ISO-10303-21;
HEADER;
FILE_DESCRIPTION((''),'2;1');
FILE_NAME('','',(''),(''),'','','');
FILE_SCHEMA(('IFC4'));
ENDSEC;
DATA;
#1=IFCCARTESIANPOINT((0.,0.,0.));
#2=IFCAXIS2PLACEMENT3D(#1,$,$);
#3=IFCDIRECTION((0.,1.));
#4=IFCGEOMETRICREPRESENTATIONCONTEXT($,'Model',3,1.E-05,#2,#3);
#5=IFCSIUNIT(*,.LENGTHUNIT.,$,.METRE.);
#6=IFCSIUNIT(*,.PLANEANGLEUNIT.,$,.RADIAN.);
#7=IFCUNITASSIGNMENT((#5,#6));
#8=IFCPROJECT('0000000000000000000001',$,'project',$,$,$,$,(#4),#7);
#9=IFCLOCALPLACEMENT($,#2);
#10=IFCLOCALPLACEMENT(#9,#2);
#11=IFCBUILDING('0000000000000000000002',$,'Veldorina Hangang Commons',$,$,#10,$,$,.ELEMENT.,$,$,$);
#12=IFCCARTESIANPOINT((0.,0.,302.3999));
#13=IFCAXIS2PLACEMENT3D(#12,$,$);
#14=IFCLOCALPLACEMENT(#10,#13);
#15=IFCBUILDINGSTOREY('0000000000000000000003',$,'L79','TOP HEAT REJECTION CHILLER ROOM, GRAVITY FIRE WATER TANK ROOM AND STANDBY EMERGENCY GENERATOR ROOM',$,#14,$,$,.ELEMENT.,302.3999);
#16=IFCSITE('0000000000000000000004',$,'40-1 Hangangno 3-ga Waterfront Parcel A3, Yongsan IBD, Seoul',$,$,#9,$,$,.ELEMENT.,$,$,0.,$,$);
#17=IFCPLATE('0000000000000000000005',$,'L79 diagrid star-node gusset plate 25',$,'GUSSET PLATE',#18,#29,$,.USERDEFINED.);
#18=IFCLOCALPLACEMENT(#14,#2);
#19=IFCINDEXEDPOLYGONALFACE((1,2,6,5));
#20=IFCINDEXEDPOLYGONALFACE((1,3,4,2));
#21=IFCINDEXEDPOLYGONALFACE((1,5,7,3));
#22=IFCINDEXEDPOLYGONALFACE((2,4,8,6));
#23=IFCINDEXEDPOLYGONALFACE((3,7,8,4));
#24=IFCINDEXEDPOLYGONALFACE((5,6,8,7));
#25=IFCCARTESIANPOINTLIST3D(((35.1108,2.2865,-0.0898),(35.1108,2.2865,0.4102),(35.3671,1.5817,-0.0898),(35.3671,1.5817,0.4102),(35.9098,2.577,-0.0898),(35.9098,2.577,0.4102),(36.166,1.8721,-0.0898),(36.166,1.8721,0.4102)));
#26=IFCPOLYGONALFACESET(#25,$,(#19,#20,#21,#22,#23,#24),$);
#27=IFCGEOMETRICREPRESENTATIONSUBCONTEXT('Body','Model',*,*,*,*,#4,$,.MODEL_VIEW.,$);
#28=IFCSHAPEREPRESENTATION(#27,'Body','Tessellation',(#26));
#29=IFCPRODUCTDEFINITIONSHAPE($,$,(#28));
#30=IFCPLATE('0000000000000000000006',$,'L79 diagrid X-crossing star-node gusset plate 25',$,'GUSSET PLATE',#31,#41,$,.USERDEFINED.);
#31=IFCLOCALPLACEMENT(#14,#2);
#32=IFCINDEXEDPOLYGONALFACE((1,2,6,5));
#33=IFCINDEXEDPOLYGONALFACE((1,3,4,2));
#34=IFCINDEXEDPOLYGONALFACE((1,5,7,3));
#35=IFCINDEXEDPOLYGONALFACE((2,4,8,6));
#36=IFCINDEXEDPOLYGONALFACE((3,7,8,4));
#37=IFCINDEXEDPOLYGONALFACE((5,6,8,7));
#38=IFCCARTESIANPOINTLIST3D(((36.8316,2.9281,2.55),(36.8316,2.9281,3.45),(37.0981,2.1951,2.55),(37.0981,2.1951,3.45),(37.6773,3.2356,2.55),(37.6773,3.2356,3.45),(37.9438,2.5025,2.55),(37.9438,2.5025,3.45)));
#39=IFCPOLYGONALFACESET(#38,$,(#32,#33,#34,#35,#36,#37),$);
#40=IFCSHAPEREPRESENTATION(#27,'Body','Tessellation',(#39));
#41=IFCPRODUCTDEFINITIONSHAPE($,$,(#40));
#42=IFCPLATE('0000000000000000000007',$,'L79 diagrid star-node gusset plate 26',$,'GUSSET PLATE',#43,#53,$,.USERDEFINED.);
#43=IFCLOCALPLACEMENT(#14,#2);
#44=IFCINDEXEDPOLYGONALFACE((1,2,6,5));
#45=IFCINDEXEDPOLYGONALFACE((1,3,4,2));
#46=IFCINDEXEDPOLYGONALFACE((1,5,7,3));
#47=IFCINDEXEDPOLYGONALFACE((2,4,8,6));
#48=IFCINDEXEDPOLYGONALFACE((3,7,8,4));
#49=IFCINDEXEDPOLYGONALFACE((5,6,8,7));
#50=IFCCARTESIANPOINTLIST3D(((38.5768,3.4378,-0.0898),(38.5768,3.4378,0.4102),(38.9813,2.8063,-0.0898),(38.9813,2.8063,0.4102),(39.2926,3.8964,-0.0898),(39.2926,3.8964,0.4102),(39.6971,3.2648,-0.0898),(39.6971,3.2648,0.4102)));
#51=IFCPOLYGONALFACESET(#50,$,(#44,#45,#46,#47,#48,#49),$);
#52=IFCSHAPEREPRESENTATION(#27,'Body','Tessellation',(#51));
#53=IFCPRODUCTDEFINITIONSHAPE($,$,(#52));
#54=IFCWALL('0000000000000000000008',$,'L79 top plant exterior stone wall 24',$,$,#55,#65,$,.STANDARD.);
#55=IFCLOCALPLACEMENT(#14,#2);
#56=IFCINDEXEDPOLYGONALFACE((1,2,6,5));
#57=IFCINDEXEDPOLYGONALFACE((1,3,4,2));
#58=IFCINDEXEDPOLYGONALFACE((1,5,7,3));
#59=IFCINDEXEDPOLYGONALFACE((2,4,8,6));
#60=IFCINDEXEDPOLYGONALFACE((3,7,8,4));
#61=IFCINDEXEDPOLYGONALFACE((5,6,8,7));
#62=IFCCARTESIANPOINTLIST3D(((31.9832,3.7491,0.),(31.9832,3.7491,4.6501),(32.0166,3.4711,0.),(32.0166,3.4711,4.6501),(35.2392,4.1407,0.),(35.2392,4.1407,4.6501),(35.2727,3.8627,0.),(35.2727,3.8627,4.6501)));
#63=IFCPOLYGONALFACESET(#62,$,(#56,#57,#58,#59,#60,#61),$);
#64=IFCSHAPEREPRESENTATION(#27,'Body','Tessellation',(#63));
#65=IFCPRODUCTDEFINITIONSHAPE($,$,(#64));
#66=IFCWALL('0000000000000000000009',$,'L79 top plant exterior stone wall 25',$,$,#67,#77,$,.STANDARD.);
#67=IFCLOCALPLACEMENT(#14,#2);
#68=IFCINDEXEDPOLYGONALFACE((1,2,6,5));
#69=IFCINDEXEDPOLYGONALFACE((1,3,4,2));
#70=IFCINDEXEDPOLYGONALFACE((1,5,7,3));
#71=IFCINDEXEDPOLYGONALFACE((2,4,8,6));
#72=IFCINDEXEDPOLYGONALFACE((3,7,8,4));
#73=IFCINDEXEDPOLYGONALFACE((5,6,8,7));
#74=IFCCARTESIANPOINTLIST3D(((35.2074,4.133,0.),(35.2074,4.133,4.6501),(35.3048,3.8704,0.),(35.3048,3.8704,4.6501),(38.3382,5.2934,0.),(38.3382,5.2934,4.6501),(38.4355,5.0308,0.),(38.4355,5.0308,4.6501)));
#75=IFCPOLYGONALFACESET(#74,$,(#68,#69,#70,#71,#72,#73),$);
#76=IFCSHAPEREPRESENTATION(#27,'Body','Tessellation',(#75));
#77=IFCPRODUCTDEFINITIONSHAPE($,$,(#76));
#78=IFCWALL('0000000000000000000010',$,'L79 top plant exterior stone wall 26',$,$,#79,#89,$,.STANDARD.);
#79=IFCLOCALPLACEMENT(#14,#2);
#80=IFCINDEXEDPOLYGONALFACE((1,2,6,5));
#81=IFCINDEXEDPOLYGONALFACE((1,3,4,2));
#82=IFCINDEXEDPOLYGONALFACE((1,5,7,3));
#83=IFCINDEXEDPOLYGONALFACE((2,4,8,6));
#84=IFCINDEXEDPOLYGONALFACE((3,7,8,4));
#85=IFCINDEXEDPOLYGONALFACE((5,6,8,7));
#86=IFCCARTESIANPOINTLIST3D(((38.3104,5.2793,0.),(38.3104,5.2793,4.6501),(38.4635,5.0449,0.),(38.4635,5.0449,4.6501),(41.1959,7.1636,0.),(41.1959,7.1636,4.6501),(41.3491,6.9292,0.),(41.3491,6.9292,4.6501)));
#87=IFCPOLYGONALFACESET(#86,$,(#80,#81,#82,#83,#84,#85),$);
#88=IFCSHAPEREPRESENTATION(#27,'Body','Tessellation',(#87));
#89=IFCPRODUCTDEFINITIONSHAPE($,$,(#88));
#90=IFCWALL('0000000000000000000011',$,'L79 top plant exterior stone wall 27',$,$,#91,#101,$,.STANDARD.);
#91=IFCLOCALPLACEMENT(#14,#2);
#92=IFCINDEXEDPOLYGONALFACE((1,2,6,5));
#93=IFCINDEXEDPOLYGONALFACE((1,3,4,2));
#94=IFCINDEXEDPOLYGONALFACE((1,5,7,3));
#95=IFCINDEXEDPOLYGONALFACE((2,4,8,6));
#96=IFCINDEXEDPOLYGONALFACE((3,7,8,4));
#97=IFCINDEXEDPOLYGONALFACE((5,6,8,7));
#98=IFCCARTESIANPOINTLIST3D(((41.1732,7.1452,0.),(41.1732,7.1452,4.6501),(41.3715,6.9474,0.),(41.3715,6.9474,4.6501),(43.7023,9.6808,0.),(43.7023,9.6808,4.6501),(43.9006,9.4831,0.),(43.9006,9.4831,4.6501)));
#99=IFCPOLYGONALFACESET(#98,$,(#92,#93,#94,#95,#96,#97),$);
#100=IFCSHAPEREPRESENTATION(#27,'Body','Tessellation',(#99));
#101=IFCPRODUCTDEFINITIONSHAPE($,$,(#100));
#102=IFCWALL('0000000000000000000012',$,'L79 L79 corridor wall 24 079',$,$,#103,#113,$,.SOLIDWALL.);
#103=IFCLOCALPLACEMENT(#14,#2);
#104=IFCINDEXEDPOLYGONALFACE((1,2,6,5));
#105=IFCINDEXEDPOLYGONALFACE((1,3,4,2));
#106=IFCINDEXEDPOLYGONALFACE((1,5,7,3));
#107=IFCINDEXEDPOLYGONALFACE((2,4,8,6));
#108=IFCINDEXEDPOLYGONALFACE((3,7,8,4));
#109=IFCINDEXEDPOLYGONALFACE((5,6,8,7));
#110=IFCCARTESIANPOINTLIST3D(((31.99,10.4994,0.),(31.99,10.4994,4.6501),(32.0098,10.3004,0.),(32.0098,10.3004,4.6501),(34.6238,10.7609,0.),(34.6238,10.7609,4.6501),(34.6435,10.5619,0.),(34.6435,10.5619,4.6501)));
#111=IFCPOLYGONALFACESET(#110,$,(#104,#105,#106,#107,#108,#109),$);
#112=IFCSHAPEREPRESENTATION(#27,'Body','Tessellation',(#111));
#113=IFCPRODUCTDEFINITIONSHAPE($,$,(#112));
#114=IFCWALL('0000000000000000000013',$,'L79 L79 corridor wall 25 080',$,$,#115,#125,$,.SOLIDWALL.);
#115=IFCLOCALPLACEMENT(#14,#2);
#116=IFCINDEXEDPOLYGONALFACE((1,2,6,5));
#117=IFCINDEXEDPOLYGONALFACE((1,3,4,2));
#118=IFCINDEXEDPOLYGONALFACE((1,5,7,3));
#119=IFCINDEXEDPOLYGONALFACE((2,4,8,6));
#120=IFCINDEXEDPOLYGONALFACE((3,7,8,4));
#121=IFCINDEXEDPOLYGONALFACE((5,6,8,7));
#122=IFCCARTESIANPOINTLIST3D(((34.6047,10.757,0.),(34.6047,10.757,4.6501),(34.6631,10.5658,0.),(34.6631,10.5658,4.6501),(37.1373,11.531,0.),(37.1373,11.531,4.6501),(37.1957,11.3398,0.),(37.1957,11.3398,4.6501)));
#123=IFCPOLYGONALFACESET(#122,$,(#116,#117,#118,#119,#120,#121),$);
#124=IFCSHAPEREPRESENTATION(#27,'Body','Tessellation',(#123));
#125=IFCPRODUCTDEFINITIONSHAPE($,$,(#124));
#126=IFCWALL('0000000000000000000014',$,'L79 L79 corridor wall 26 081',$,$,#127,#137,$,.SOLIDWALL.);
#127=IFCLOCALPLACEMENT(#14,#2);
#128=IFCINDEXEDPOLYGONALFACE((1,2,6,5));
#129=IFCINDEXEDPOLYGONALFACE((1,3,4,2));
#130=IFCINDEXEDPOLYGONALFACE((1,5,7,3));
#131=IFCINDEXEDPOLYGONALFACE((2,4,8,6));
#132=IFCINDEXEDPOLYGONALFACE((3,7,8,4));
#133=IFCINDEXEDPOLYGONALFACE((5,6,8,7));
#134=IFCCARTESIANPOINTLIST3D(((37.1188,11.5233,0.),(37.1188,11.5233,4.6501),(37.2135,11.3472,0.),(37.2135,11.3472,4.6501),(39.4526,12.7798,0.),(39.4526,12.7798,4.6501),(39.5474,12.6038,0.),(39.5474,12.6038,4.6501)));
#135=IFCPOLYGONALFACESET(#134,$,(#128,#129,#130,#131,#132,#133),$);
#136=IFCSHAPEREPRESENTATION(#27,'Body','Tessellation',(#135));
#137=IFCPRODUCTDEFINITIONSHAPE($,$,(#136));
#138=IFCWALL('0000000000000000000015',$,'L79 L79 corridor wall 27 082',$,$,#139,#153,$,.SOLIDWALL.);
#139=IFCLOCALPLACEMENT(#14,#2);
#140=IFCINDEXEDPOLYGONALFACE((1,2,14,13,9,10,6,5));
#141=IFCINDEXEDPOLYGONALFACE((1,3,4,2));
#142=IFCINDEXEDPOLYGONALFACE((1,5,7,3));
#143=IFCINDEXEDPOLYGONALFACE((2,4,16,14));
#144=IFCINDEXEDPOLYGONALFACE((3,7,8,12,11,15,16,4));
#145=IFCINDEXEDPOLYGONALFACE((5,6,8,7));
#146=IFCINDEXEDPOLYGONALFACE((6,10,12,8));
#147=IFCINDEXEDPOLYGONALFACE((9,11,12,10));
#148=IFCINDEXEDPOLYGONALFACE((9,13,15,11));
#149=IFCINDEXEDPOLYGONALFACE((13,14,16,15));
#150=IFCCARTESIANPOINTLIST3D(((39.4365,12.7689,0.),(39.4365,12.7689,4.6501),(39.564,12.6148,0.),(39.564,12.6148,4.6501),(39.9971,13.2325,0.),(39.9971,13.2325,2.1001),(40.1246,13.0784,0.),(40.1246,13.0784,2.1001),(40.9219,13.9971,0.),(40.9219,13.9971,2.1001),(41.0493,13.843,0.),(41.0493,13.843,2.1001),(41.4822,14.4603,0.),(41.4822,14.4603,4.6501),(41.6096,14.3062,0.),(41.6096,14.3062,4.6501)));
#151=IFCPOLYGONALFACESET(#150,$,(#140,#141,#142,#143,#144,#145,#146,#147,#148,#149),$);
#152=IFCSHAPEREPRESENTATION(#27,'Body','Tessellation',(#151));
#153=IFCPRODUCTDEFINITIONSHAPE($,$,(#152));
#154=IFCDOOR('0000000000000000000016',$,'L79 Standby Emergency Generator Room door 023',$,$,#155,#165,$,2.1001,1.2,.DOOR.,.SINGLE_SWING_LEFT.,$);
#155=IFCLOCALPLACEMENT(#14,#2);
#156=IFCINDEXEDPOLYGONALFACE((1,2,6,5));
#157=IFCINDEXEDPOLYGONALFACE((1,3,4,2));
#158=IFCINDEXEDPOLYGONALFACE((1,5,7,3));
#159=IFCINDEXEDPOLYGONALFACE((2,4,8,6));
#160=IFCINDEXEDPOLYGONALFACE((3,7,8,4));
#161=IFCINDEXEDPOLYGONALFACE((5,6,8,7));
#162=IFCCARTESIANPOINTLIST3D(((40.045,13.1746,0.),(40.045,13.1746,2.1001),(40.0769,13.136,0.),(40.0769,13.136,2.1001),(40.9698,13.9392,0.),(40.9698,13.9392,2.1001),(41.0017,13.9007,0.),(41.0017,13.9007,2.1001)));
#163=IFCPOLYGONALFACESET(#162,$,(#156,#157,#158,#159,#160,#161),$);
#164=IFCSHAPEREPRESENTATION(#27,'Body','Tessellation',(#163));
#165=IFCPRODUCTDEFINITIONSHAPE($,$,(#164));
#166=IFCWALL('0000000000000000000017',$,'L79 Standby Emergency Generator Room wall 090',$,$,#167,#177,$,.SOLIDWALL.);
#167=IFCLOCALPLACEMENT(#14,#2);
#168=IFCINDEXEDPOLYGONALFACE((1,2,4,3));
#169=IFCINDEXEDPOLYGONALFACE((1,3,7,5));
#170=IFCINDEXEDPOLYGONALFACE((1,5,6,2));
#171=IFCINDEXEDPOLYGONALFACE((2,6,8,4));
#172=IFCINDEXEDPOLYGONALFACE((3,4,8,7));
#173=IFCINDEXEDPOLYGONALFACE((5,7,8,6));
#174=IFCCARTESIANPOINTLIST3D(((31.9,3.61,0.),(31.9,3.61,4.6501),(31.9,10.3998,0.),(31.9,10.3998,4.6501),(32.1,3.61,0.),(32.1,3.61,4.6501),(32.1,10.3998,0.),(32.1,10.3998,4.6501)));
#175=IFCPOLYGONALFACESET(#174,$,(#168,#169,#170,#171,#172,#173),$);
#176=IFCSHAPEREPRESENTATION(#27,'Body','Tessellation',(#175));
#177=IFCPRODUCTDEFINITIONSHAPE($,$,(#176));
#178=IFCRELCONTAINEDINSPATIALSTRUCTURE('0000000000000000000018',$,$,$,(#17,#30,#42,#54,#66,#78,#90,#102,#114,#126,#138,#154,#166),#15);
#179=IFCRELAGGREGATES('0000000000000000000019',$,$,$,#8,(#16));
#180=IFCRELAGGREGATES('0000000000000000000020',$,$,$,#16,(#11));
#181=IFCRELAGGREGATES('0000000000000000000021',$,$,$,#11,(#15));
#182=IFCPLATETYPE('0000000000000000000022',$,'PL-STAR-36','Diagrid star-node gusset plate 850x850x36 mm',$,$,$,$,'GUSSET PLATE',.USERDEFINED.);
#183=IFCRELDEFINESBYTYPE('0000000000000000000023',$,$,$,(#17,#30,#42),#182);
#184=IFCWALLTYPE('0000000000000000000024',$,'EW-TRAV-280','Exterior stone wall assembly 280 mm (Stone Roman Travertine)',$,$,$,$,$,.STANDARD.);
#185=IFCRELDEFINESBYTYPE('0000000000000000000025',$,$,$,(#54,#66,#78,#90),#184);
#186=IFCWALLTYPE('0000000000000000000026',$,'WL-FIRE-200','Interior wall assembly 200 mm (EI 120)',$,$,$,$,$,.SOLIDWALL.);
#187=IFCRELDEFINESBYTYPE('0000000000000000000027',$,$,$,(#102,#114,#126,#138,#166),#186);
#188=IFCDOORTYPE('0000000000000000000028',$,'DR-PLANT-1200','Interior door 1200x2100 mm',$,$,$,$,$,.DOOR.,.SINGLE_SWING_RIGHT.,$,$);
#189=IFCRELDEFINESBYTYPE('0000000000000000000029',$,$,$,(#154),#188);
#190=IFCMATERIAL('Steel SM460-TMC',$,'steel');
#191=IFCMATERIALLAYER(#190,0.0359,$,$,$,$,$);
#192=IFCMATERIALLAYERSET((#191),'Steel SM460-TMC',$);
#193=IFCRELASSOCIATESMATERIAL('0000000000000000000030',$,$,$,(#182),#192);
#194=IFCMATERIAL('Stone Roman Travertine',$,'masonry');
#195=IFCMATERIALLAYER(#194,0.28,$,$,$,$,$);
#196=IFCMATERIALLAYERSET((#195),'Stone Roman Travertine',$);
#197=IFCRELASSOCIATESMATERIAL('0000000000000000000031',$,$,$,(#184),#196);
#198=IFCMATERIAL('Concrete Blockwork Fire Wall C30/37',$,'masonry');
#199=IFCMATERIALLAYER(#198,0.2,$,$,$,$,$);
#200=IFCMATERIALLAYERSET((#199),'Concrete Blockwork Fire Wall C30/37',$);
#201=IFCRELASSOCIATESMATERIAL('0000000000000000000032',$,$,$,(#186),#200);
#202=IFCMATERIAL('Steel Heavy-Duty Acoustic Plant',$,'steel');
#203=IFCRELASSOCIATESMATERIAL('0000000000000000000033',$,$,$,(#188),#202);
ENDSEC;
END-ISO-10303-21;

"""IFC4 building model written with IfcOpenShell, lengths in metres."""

from ifc_helpers import new_model, si_unit, direction, frame, frame_2d, origin, origin_2d, place, context, subcontext, project, spatial, rectangle, extrude, material, layer, layer_set, type_object, element, fill, save


model = new_model("IFC4")

# Units and contexts
model_context = context("Model", 3, precision=1e-05, world=origin(), true_north=direction((0.0, 1.0)))
body_context = subcontext(model_context, "Body", "Model", "MODEL_VIEW")
ifc_project = project(units=[si_unit("LENGTHUNIT", "METRE"), si_unit("PLANEANGLEUNIT", "RADIAN")], contexts=[model_context])

# Site, building, storey
site_placement = place(None, origin())
site = spatial("IfcSite", under=ifc_project, at=site_placement, Name="40-1 Hangangno 3-ga Waterfront Parcel A3, Yongsan IBD, Seoul", CompositionType="ELEMENT", RefElevation=0.0)
building_placement = place(site_placement, origin())
building = spatial("IfcBuilding", under=site, at=building_placement, Name="Veldorina Hangang Commons", CompositionType="ELEMENT")
storey_placement = place(building_placement, frame((0.0, 0.0, 302.3999)))
storey = spatial("IfcBuildingStorey", under=building, at=storey_placement, Name="L79", Description="TOP HEAT REJECTION CHILLER ROOM, GRAVITY FIRE WATER TANK ROOM AND STANDBY EMERGENCY GENERATOR ROOM", CompositionType="ELEMENT", Elevation=302.3999)

# Shared definitions
ifc_material_1 = material(Name="Steel SM460-TMC", Category="steel")

# Plates
ifc_layer_1 = layer(ifc_material_1, 0.0359)
ifc_layer_set_1 = layer_set([ifc_layer_1], Name="Steel SM460-TMC")
plate_type = type_object("IfcPlateType", Name="PL-STAR-36", Description="Diagrid star-node gusset plate 850x850x36 mm", ElementType="GUSSET PLATE", PredefinedType="USERDEFINED", material=ifc_layer_set_1)
for number, where, z_axis, x_axis, name in (
    (1, (35.6384, 2.0793, -0.0898), (0.0, 0.0, 1.0), (0.939818, 0.341676, 0.0), "L79 diagrid star-node gusset plate 25"),
):
    element("IfcPlate", number, at=place(storey_placement, frame(where, z_axis=z_axis, x_axis=x_axis)), inside=storey, type_object=plate_type, Name=name, ObjectType="GUSSET PLATE", PredefinedType="USERDEFINED", context=body_context, shape_type="SweptSolid", body=[
        extrude(rectangle(XDim=0.8501, YDim=0.75, at=origin_2d()), origin(), (0.0, 0.0, 1.0), 0.5),
    ])
plate_1_placement = place(storey_placement, frame((37.3877, 2.7153, 2.55), z_axis=(0.0, 0.0, 1.0), x_axis=(0.939818, 0.341676, 0.0)))
element("IfcPlate", 2, at=plate_1_placement, inside=storey, type_object=plate_type, Name="L79 diagrid X-crossing star-node gusset plate 25", ObjectType="GUSSET PLATE", PredefinedType="USERDEFINED", context=body_context, shape_type="SweptSolid", body=[
    extrude(rectangle(XDim=0.8999, YDim=0.78, at=origin_2d()), origin(), (0.0, 0.0, 1.0), 0.8999),
])
plate_2_placement = place(storey_placement, frame((39.137, 3.3513, -0.0898), z_axis=(0.0, 0.0, 1.0), x_axis=(0.842057, 0.539388, 0.0)))
element("IfcPlate", 3, at=plate_2_placement, inside=storey, type_object=plate_type, Name="L79 diagrid star-node gusset plate 26", ObjectType="GUSSET PLATE", PredefinedType="USERDEFINED", context=body_context, shape_type="SweptSolid", body=[
    extrude(rectangle(XDim=0.8501, YDim=0.75, at=origin_2d()), origin(), (0.0, 0.0, 1.0), 0.5),
])

# Walls
ifc_material_2 = material(Name="Stone Roman Travertine", Category="masonry")
ifc_layer_2 = layer(ifc_material_2, 0.28)
ifc_layer_set_2 = layer_set([ifc_layer_2], Name="Stone Roman Travertine")
wall_type_1 = type_object("IfcWallType", Name="EW-TRAV-280", Description="Exterior stone wall assembly 280 mm (Stone Roman Travertine)", PredefinedType="STANDARD", material=ifc_layer_set_2)
wall_1_placement = place(storey_placement, frame((32.0, 3.6101, 0.0), z_axis=(0.0, 0.0, 1.0), x_axis=(0.992845, 0.119406, 0.0)))
element("IfcWall", 4, at=wall_1_placement, inside=storey, type_object=wall_type_1, Name="L79 top plant exterior stone wall 24", PredefinedType="STANDARD", context=body_context, shape_type="SweptSolid", body=[
    extrude(rectangle(XDim=3.2795, YDim=0.28, at=frame_2d((1.6396, 0.0))), origin(), (0.0, 0.0, 1.0), 4.6501),
])
wall_2_placement = place(storey_placement, frame((35.2561, 4.0017, 0.0), z_axis=(0.0, 0.0, 1.0), x_axis=(0.937668, 0.347531, 0.0)))
element("IfcWall", 5, at=wall_2_placement, inside=storey, type_object=wall_type_1, Name="L79 top plant exterior stone wall 25", PredefinedType="STANDARD", context=body_context, shape_type="SweptSolid", body=[
    extrude(rectangle(XDim=3.3389, YDim=0.28, at=frame_2d((1.6694, 0.0))), origin(), (0.0, 0.0, 1.0), 4.6501),
])
wall_3_placement = place(storey_placement, frame((38.387, 5.1621, 0.0), z_axis=(0.0, 0.0, 1.0), x_axis=(0.837288, 0.546763, 0.0)))
element("IfcWall", 6, at=wall_3_placement, inside=storey, type_object=wall_type_1, Name="L79 top plant exterior stone wall 26", PredefinedType="STANDARD", context=body_context, shape_type="SweptSolid", body=[
    extrude(rectangle(XDim=3.4463, YDim=0.28, at=frame_2d((1.7231, 0.0))), origin(), (0.0, 0.0, 1.0), 4.6501),
])
wall_4_placement = place(storey_placement, frame((41.2725, 7.0464, 0.0), z_axis=(0.0, 0.0, 1.0), x_axis=(0.706186, 0.708026, 0.0)))
element("IfcWall", 7, at=wall_4_placement, inside=storey, type_object=wall_type_1, Name="L79 top plant exterior stone wall 27", PredefinedType="STANDARD", context=body_context, shape_type="SweptSolid", body=[
    extrude(rectangle(XDim=3.5813, YDim=0.28, at=frame_2d((1.7905, 0.0))), origin(), (0.0, 0.0, 1.0), 4.6501),
])
ifc_material_3 = material(Name="Concrete Blockwork Fire Wall C30/37", Category="masonry")
ifc_layer_3 = layer(ifc_material_3, 0.2)
ifc_layer_set_3 = layer_set([ifc_layer_3], Name="Concrete Blockwork Fire Wall C30/37")
wall_type_2 = type_object("IfcWallType", Name="WL-FIRE-200", Description="Interior wall assembly 200 mm (EI 120)", PredefinedType="SOLIDWALL", material=ifc_layer_set_3)
wall_5_placement = place(storey_placement, frame((32.0, 10.3999, 0.0), z_axis=(0.0, 0.0, 1.0), x_axis=(0.995108, 0.098791, 0.0)))
element("IfcWall", 8, at=wall_5_placement, inside=storey, type_object=wall_type_2, Name="L79 L79 corridor wall 24 079", PredefinedType="SOLIDWALL", context=body_context, shape_type="SweptSolid", body=[
    extrude(rectangle(XDim=2.6467, YDim=0.2, at=frame_2d((1.3232, 0.0))), origin(), (0.0, 0.0, 1.0), 4.6501),
])
wall_6_placement = place(storey_placement, frame((34.6338, 10.6614, 0.0), z_axis=(0.0, 0.0, 1.0), x_axis=(0.956339, 0.292258, 0.0)))
element("IfcWall", 9, at=wall_6_placement, inside=storey, type_object=wall_type_2, Name="L79 L79 corridor wall 25 080", PredefinedType="SOLIDWALL", context=body_context, shape_type="SweptSolid", body=[
    extrude(rectangle(XDim=2.6482, YDim=0.2, at=frame_2d((1.3242, 0.0))), origin(), (0.0, 0.0, 1.0), 4.6501),
])
wall_7_placement = place(storey_placement, frame((37.1663, 11.4353, 0.0), z_axis=(0.0, 0.0, 1.0), x_axis=(0.880498, 0.47405, 0.0)))
element("IfcWall", 10, at=wall_7_placement, inside=storey, type_object=wall_type_2, Name="L79 L79 corridor wall 26 081", PredefinedType="SOLIDWALL", context=body_context, shape_type="SweptSolid", body=[
    extrude(rectangle(XDim=2.6506, YDim=0.2, at=frame_2d((1.3252, 0.0))), origin(), (0.0, 0.0, 1.0), 4.6501),
])

# Wall, opening, door
wall_8_placement = place(storey_placement, frame((39.5002, 12.6919, 0.0), z_axis=(0.0, 0.0, 1.0), x_axis=(0.770681, 0.637221, 0.0)))
wall_8 = element("IfcWall", 11, at=wall_8_placement, inside=storey, type_object=wall_type_2, Name="L79 L79 corridor wall 27 082", PredefinedType="SOLIDWALL", context=body_context, shape_type="SweptSolid", body=[
    extrude(rectangle(XDim=2.6543, YDim=0.2, at=frame_2d((1.3271, 0.0))), origin(), (0.0, 0.0, 1.0), 4.6501),
])
opening_placement = place(wall_8_placement, frame((0.7273, 0.0, 0.0)))
opening = element("IfcOpeningElement", 12, at=opening_placement, cuts=wall_8, PredefinedType="OPENING", context=body_context, shape_type="SweptSolid", body=[
    extrude(rectangle(XDim=1.2, YDim=2.1001, at=frame_2d((0.6001, 1.05))), frame((0.0, 0.1099, 0.0), z_axis=(0.0, -1.0, 0.0), x_axis=(1.0, 0.0, 0.0)), (0.0, 0.0, 1.0), 0.22),
])
ifc_material_4 = material(Name="Steel Heavy-Duty Acoustic Plant", Category="steel")
door_type = type_object("IfcDoorType", Name="DR-PLANT-1200", Description="Interior door 1200x2100 mm", OperationType="SINGLE_SWING_RIGHT", PredefinedType="DOOR", material=ifc_material_4)
door_placement = place(opening_placement, origin())
door = element("IfcDoor", 13, at=door_placement, inside=storey, type_object=door_type, Name="L79 Standby Emergency Generator Room door 023", OperationType="SINGLE_SWING_LEFT", OverallHeight=2.1001, OverallWidth=1.2, PredefinedType="DOOR", context=body_context, shape_type="SweptSolid", body=[
    extrude(rectangle(XDim=1.2, YDim=2.1001, at=frame_2d((0.6001, 1.05))), frame((0.0, 0.0249, 0.0), z_axis=(0.0, -1.0, 0.0), x_axis=(1.0, 0.0, 0.0)), (0.0, 0.0, 1.0), 0.05),
])
fill(opening, door)

# Wall
wall_9_placement = place(storey_placement, frame((32.0, 10.3999, 0.0), z_axis=(0.0, 0.0, 1.0), x_axis=(0.0, -1.0, 0.0)))
element("IfcWall", 14, at=wall_9_placement, inside=storey, type_object=wall_type_2, Name="L79 Standby Emergency Generator Room wall 090", PredefinedType="SOLIDWALL", context=body_context, shape_type="SweptSolid", body=[
    extrude(rectangle(XDim=6.7898, YDim=0.2, at=frame_2d((3.395, 0.0))), origin(), (0.0, 0.0, 1.0), 4.6501),
])

save(model, "model.ifc")
